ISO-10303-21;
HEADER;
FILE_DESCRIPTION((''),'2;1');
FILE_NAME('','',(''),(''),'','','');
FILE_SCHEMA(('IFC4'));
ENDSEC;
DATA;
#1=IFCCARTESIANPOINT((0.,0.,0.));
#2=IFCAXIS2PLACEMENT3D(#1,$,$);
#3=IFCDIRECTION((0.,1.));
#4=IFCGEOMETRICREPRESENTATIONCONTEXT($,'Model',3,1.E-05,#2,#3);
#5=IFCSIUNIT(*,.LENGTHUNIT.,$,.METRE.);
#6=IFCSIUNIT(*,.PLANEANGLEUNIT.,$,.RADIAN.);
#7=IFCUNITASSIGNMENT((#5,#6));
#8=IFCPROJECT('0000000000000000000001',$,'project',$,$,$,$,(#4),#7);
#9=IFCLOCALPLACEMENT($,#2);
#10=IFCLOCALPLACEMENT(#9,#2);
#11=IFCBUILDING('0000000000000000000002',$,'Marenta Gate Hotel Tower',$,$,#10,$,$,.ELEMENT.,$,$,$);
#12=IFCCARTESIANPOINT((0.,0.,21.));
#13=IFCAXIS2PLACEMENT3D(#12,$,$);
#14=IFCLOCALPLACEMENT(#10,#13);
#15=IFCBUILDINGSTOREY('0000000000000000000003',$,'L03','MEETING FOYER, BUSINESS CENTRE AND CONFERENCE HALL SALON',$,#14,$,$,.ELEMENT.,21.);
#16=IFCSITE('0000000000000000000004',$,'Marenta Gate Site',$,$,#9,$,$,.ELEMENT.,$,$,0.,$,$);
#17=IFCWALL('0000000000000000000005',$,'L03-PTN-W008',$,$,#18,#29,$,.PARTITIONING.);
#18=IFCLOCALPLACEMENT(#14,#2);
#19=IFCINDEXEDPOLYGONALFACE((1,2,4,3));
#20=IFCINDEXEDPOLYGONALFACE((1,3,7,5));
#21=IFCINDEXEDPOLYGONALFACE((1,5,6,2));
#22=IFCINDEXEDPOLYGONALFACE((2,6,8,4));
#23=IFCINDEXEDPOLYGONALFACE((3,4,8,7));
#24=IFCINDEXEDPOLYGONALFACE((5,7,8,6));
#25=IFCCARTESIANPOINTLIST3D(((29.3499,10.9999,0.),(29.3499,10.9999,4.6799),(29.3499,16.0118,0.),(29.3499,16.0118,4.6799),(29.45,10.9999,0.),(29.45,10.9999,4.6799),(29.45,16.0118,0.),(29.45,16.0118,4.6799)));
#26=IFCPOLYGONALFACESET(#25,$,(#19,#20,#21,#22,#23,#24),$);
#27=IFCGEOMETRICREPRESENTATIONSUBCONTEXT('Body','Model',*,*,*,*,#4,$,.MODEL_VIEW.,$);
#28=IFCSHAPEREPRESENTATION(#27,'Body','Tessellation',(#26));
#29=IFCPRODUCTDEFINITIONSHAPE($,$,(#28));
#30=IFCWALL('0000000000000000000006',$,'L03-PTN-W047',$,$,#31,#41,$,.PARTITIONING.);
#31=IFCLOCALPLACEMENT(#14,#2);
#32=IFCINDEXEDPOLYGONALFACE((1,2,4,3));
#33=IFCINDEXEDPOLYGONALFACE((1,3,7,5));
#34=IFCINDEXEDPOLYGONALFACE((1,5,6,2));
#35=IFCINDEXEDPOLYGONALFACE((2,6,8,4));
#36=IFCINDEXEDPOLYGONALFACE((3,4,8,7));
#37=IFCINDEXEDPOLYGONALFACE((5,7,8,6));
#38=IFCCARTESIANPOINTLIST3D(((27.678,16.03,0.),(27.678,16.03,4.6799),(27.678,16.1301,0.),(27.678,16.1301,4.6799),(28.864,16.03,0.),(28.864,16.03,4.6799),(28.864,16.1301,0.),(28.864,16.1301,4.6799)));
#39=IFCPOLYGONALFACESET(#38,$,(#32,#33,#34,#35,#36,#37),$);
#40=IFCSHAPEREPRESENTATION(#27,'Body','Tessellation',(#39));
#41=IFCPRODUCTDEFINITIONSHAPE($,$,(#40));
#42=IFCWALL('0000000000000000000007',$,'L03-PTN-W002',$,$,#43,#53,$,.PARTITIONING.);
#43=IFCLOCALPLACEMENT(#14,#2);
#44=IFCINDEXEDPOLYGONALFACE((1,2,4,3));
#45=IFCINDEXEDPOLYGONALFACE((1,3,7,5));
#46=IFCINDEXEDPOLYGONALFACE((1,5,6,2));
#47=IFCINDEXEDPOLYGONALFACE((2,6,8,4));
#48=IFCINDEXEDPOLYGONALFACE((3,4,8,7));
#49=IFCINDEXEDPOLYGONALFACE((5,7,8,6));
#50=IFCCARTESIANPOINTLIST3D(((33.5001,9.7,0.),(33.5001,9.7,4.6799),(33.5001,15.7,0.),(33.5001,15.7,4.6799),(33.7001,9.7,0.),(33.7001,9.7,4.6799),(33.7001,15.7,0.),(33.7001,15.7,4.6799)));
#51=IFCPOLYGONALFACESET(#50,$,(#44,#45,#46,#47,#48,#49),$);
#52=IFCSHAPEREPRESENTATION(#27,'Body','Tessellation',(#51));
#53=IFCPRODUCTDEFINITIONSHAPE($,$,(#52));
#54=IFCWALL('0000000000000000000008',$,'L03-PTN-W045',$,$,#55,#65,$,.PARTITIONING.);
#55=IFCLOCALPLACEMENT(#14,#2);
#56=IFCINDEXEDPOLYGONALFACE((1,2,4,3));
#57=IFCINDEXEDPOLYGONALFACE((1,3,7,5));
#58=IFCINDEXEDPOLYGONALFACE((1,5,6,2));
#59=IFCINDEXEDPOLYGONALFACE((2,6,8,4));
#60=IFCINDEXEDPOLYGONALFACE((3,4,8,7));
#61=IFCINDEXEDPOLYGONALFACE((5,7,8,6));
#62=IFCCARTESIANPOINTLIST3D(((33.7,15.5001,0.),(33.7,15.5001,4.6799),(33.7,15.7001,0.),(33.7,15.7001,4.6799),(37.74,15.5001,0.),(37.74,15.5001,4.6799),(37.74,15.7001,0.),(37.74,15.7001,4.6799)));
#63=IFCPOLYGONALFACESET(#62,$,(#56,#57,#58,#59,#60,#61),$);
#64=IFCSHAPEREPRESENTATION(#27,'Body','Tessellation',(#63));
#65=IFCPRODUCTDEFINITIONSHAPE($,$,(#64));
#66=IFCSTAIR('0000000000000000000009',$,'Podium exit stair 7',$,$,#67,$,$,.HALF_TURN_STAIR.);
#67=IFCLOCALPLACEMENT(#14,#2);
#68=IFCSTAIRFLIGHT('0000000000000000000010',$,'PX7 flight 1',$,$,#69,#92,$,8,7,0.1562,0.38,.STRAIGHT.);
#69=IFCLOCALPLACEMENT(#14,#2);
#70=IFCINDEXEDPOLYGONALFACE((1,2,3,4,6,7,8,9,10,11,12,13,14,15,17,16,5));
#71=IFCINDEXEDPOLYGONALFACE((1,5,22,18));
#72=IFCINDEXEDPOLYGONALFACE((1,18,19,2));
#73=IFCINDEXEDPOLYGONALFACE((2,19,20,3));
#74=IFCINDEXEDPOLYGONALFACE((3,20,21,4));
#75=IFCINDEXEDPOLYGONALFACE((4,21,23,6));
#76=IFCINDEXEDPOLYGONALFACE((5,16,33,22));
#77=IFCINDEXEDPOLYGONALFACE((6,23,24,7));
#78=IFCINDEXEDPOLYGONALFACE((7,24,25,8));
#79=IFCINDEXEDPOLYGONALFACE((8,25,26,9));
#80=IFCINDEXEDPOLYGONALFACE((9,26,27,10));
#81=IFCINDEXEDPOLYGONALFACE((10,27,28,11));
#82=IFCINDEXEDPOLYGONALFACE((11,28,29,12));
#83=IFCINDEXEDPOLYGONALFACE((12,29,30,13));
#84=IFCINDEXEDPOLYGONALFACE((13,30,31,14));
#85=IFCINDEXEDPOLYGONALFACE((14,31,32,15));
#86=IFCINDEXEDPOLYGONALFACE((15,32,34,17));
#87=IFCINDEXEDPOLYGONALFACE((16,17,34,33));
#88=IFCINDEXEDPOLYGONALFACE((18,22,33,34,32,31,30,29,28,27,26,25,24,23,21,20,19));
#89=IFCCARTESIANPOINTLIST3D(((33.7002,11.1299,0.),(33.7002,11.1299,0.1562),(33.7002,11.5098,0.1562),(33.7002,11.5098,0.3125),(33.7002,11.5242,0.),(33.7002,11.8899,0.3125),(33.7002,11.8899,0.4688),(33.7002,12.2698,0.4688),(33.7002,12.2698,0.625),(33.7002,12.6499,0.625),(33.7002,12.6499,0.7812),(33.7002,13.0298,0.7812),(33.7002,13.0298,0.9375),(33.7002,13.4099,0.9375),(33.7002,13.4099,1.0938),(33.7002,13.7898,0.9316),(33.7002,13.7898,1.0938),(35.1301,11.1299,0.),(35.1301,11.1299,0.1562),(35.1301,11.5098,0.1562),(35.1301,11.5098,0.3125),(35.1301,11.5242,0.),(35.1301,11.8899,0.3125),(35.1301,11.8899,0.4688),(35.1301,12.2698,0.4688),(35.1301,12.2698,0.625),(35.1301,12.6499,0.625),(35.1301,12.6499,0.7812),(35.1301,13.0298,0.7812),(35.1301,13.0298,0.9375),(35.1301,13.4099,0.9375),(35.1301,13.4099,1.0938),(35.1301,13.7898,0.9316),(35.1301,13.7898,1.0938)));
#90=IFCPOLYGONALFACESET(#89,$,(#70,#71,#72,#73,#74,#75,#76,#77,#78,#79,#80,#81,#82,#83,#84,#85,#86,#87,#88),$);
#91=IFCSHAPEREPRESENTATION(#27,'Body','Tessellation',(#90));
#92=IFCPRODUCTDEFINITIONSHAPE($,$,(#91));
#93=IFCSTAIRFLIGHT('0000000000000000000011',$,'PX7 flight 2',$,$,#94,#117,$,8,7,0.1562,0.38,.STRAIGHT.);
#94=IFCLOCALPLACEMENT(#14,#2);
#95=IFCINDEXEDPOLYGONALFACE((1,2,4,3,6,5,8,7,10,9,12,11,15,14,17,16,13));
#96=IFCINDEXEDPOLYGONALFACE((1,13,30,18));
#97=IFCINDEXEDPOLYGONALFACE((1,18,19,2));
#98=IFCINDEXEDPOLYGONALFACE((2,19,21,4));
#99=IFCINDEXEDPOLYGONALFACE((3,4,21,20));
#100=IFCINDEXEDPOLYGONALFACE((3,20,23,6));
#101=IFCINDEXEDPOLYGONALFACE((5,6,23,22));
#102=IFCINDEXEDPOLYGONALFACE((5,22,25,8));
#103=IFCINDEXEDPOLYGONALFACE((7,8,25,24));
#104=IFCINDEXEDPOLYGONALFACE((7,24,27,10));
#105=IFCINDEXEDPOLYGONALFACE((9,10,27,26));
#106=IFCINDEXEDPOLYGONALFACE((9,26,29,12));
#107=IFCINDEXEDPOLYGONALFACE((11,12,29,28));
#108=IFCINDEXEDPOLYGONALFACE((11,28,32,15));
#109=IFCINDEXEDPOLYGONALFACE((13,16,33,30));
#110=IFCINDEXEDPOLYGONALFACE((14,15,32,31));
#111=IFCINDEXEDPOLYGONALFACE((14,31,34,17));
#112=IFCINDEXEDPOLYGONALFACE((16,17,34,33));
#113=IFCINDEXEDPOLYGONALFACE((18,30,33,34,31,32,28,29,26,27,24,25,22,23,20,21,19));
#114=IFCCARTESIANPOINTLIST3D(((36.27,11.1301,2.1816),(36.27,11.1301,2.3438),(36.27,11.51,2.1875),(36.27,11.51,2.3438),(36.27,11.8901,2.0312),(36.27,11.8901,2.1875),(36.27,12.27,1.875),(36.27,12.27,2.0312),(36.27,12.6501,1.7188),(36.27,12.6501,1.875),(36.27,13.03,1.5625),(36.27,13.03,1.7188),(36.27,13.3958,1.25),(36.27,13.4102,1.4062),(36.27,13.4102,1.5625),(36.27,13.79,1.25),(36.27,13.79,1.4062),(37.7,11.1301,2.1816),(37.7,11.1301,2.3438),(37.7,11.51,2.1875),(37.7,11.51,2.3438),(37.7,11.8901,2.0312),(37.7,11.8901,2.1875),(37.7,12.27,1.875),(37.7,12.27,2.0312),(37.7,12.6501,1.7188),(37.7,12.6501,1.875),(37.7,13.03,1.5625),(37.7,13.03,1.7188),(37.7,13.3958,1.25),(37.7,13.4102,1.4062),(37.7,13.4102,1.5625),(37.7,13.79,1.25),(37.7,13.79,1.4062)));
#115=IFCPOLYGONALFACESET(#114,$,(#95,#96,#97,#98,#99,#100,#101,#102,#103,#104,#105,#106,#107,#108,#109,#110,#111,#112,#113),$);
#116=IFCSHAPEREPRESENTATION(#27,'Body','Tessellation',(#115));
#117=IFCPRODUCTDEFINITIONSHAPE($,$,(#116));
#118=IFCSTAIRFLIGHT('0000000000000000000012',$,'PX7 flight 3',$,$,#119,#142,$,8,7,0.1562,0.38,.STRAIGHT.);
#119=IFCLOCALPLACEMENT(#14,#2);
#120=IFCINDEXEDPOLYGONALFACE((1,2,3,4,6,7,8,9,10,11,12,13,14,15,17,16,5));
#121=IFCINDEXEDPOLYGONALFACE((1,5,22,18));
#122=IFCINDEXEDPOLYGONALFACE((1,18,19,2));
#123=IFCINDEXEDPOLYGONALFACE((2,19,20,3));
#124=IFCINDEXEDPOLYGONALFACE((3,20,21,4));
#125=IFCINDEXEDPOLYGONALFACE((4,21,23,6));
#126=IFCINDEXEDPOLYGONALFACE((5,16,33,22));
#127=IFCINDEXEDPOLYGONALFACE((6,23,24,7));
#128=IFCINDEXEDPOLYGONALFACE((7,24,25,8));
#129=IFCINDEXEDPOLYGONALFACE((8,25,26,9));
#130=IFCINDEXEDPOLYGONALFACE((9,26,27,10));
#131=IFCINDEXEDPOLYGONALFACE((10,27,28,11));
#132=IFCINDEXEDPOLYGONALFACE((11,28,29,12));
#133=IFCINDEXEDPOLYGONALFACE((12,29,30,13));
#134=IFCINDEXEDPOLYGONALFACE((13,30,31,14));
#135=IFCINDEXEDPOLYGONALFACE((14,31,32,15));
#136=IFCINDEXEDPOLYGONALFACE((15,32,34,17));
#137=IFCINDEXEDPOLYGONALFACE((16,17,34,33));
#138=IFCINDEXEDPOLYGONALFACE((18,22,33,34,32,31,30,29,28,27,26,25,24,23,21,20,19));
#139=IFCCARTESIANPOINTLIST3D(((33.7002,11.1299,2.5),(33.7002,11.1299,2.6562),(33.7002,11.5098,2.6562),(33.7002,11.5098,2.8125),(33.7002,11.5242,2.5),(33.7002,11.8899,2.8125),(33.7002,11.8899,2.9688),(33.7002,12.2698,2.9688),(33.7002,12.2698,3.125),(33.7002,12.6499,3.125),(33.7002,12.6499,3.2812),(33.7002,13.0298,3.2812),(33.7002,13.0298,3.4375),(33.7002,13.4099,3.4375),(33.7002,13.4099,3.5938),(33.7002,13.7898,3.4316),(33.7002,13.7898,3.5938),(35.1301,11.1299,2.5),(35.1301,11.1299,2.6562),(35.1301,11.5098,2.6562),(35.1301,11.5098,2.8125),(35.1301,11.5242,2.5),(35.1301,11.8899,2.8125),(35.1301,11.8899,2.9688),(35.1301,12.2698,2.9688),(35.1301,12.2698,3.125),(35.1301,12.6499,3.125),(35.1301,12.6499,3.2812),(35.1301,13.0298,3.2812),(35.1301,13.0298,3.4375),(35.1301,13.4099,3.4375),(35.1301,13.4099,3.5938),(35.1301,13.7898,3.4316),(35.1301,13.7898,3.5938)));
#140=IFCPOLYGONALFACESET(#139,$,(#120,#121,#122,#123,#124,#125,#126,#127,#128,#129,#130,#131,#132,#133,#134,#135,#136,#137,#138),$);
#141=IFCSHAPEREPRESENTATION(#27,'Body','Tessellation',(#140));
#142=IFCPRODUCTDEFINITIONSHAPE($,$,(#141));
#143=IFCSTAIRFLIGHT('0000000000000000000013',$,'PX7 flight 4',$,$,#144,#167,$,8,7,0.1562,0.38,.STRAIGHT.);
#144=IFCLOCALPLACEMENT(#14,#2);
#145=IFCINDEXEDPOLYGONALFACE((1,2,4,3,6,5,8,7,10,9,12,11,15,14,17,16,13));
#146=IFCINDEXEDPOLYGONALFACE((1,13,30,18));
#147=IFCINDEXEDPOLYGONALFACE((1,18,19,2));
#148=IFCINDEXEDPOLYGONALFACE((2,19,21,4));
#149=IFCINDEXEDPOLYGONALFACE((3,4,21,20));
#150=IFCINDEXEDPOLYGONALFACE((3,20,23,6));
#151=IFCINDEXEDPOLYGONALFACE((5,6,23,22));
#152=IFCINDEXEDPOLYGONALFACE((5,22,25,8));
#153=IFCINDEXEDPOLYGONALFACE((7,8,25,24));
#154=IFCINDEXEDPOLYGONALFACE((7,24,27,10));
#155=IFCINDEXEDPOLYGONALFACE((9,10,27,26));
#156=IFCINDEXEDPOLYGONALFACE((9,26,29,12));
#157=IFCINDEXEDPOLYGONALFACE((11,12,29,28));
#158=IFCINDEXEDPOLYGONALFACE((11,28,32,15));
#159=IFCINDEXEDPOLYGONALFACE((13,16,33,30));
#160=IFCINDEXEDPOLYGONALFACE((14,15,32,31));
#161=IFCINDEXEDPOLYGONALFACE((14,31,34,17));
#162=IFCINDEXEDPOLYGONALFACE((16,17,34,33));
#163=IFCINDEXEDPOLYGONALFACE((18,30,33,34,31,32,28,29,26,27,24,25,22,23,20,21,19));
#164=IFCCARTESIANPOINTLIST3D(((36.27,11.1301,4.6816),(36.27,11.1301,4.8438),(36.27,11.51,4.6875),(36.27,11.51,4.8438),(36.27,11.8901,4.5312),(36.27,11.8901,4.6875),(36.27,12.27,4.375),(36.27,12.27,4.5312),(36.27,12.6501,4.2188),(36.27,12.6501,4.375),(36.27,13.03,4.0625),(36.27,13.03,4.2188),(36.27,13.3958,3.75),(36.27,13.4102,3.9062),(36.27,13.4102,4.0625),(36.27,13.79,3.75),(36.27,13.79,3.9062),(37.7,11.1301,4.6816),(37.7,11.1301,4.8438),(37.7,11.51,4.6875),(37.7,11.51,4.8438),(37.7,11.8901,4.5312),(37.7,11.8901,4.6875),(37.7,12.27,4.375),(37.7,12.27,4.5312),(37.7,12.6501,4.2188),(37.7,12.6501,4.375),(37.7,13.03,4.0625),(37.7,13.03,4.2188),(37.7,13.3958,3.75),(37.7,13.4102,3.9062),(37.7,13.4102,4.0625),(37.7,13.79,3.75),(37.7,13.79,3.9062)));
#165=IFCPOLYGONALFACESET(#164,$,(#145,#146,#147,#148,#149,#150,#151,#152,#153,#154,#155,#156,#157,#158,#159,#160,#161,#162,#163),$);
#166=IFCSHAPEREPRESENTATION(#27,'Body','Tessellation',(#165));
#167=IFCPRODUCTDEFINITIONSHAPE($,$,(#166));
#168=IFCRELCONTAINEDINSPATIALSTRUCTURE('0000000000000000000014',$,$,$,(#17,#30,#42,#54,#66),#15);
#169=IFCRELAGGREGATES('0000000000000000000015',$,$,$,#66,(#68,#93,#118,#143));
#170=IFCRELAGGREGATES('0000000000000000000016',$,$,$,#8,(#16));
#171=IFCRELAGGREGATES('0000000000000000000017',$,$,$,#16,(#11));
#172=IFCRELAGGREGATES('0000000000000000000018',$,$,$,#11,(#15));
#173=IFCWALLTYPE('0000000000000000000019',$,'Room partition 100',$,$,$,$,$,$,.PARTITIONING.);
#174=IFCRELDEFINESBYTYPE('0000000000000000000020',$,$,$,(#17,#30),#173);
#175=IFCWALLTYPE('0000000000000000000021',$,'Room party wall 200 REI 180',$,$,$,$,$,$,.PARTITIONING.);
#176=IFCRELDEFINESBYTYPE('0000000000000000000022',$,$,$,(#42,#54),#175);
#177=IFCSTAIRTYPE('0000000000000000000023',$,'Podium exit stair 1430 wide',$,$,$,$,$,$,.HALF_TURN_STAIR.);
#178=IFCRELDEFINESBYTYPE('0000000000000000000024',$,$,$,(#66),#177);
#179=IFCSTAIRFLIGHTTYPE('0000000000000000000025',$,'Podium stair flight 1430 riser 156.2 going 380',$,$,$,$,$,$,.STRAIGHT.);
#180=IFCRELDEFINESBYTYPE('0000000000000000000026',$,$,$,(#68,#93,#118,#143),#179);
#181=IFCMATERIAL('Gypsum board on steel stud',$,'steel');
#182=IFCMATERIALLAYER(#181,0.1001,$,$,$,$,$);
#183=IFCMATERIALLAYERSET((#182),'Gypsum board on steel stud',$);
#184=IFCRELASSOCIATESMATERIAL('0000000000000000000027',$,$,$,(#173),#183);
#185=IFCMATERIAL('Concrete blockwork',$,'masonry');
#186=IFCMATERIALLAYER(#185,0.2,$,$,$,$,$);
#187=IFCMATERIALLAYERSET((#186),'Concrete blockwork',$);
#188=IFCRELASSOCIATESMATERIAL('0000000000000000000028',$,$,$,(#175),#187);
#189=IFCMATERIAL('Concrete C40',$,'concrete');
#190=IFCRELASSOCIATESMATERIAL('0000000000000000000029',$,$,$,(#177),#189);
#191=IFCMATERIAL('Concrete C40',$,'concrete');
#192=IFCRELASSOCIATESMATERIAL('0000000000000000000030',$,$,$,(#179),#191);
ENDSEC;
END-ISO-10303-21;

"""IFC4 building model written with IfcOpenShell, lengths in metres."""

from ifc_helpers import new_model, si_unit, direction, frame, frame_2d, origin, place, context, subcontext, project, spatial, polyline, rectangle, outline, extrude, material, layer, layer_set, type_object, element, aggregate, save


model = new_model("IFC4")

# Units and contexts
model_context = context("Model", 3, precision=1e-05, world=origin(), true_north=direction((0.0, 1.0)))
body_context = subcontext(model_context, "Body", "Model", "MODEL_VIEW")
ifc_project = project(units=[si_unit("LENGTHUNIT", "METRE"), si_unit("PLANEANGLEUNIT", "RADIAN")], contexts=[model_context])

# Site, building, storey
site_placement = place(None, origin())
site = spatial("IfcSite", under=ifc_project, at=site_placement, Name="Marenta Gate Site", CompositionType="ELEMENT", RefElevation=0.0)
building_placement = place(site_placement, origin())
building = spatial("IfcBuilding", under=site, at=building_placement, Name="Marenta Gate Hotel Tower", CompositionType="ELEMENT")
storey_placement = place(building_placement, frame((0.0, 0.0, 21.0)))
storey = spatial("IfcBuildingStorey", under=building, at=storey_placement, Name="L03", Description="MEETING FOYER, BUSINESS CENTRE AND CONFERENCE HALL SALON", CompositionType="ELEMENT", Elevation=21.0)

# Walls
ifc_material_1 = material(Name="Gypsum board on steel stud", Category="steel")
ifc_layer_1 = layer(ifc_material_1, 0.1001)
ifc_layer_set_1 = layer_set([ifc_layer_1], Name="Gypsum board on steel stud")
wall_type_1 = type_object("IfcWallType", Name="Room partition 100", PredefinedType="PARTITIONING", material=ifc_layer_set_1)
wall_1_placement = place(storey_placement, frame((29.3999, 11.0, 0.0), z_axis=(0.0, 0.0, 1.0), x_axis=(0.0, 1.0, 0.0)))
element("IfcWall", 1, at=wall_1_placement, inside=storey, type_object=wall_type_1, Name="L03-PTN-W008", PredefinedType="PARTITIONING", context=body_context, shape_type="SweptSolid", body=[
    extrude(rectangle(XDim=5.012, YDim=0.1001, at=frame_2d((2.5059, 0.0))), origin(), (0.0, 0.0, 1.0), 4.6799),
])
wall_2_placement = place(storey_placement, frame((27.678, 16.0801, 0.0), z_axis=(0.0, 0.0, 1.0), x_axis=(1.0, 0.0, 0.0)))
element("IfcWall", 2, at=wall_2_placement, inside=storey, type_object=wall_type_1, Name="L03-PTN-W047", PredefinedType="PARTITIONING", context=body_context, shape_type="SweptSolid", body=[
    extrude(rectangle(XDim=1.186, YDim=0.1001, at=frame_2d((0.593, 0.0))), origin(), (0.0, 0.0, 1.0), 4.6799),
])
ifc_material_2 = material(Name="Concrete blockwork", Category="masonry")
ifc_layer_2 = layer(ifc_material_2, 0.2)
ifc_layer_set_2 = layer_set([ifc_layer_2], Name="Concrete blockwork")
wall_type_2 = type_object("IfcWallType", Name="Room party wall 200 REI 180", PredefinedType="PARTITIONING", material=ifc_layer_set_2)
wall_3_placement = place(storey_placement, frame((33.6001, 9.7, 0.0), z_axis=(0.0, 0.0, 1.0), x_axis=(0.0, 1.0, 0.0)))
element("IfcWall", 3, at=wall_3_placement, inside=storey, type_object=wall_type_2, Name="L03-PTN-W002", PredefinedType="PARTITIONING", context=body_context, shape_type="SweptSolid", body=[
    extrude(rectangle(XDim=6.0, YDim=0.2, at=frame_2d((3.0, 0.0))), origin(), (0.0, 0.0, 1.0), 4.6799),
])
wall_4_placement = place(storey_placement, frame((33.7, 15.6001, 0.0), z_axis=(0.0, 0.0, 1.0), x_axis=(1.0, 0.0, 0.0)))
element("IfcWall", 4, at=wall_4_placement, inside=storey, type_object=wall_type_2, Name="L03-PTN-W045", PredefinedType="PARTITIONING", context=body_context, shape_type="SweptSolid", body=[
    extrude(rectangle(XDim=4.04, YDim=0.2, at=frame_2d((2.02, 0.0))), origin(), (0.0, 0.0, 1.0), 4.6799),
])

# Stair, stair flights
ifc_material_3 = material(Name="Concrete C40", Category="concrete")
stair_type = type_object("IfcStairType", Name="Podium exit stair 1430 wide", PredefinedType="HALF_TURN_STAIR", material=ifc_material_3)
stair_placement = place(storey_placement, origin())
stair = element("IfcStair", 5, at=stair_placement, inside=storey, type_object=stair_type, Name="Podium exit stair 7", PredefinedType="HALF_TURN_STAIR")
ifc_material_4 = material(Name="Concrete C40", Category="concrete")
stair_flight_type = type_object("IfcStairFlightType", Name="Podium stair flight 1430 riser 156.2 going 380", PredefinedType="STRAIGHT", material=ifc_material_4)
stair_flight_1_placement = place(storey_placement, frame((34.415, 11.1299, 0.0), z_axis=(0.0, 0.0, 1.0), x_axis=(0.0, 1.0, 0.0)))
stair_flight_1 = element("IfcStairFlight", 6, at=stair_flight_1_placement, type_object=stair_flight_type, Name="PX7 flight 1", NumberOfRisers=8, NumberOfTreads=7, PredefinedType="STRAIGHT", RiserHeight=0.1562, TreadLength=0.38, context=body_context, shape_type="SweptSolid", body=[
    extrude(outline(polyline([(0.0, 0.0), (0.0, 0.1562), (0.3799, 0.1562), (0.3799, 0.3125), (0.76, 0.3125), (0.76, 0.4688), (1.1399, 0.4688), (1.1399, 0.625), (1.52, 0.625), (1.52, 0.7812), (1.8999, 0.7812), (1.8999, 0.9375), (2.28, 0.9375), (2.28, 1.0938), (2.6599, 1.0938), (2.6599, 1.25), (2.6599, 0.9316), (0.3943, 0.0), (0.0, 0.0)])), frame((0.0, 0.7148, 0.0), z_axis=(0.0, -1.0, 0.0), x_axis=(1.0, 0.0, 0.0)), (0.0, 0.0, 1.0), 1.4299),
])
stair_flight_2_placement = place(storey_placement, frame((36.9851, 13.79, 1.25), z_axis=(0.0, 0.0, 1.0), x_axis=(0.0, -1.0, 0.0)))
stair_flight_2 = element("IfcStairFlight", 7, at=stair_flight_2_placement, type_object=stair_flight_type, Name="PX7 flight 2", NumberOfRisers=8, NumberOfTreads=7, PredefinedType="STRAIGHT", RiserHeight=0.1562, TreadLength=0.38, context=body_context, shape_type="SweptSolid", body=[
    extrude(outline(polyline([(0.0, 0.0), (0.0, 0.1562), (0.3799, 0.1562), (0.3799, 0.3125), (0.76, 0.3125), (0.76, 0.4688), (1.1399, 0.4688), (1.1399, 0.625), (1.52, 0.625), (1.52, 0.7812), (1.8999, 0.7812), (1.8999, 0.9375), (2.28, 0.9375), (2.28, 1.0938), (2.6599, 1.0938), (2.6599, 1.25), (2.6599, 0.9316), (0.3943, 0.0), (0.0, 0.0)])), frame((0.0, 0.7148, 0.0), z_axis=(0.0, -1.0, 0.0), x_axis=(1.0, 0.0, 0.0)), (0.0, 0.0, 1.0), 1.4299),
])
stair_flight_3_placement = place(storey_placement, frame((34.415, 11.1299, 2.5), z_axis=(0.0, 0.0, 1.0), x_axis=(0.0, 1.0, 0.0)))
stair_flight_3 = element("IfcStairFlight", 8, at=stair_flight_3_placement, type_object=stair_flight_type, Name="PX7 flight 3", NumberOfRisers=8, NumberOfTreads=7, PredefinedType="STRAIGHT", RiserHeight=0.1562, TreadLength=0.38, context=body_context, shape_type="SweptSolid", body=[
    extrude(outline(polyline([(0.0, 0.0), (0.0, 0.1562), (0.3799, 0.1562), (0.3799, 0.3125), (0.76, 0.3125), (0.76, 0.4688), (1.1399, 0.4688), (1.1399, 0.625), (1.52, 0.625), (1.52, 0.7812), (1.8999, 0.7812), (1.8999, 0.9375), (2.28, 0.9375), (2.28, 1.0938), (2.6599, 1.0938), (2.6599, 1.25), (2.6599, 0.9316), (0.3943, 0.0), (0.0, 0.0)])), frame((0.0, 0.7148, 0.0), z_axis=(0.0, -1.0, 0.0), x_axis=(1.0, 0.0, 0.0)), (0.0, 0.0, 1.0), 1.4299),
])
stair_flight_4_placement = place(storey_placement, frame((36.9851, 13.79, 3.75), z_axis=(0.0, 0.0, 1.0), x_axis=(0.0, -1.0, 0.0)))
stair_flight_4 = element("IfcStairFlight", 9, at=stair_flight_4_placement, type_object=stair_flight_type, Name="PX7 flight 4", NumberOfRisers=8, NumberOfTreads=7, PredefinedType="STRAIGHT", RiserHeight=0.1562, TreadLength=0.38, context=body_context, shape_type="SweptSolid", body=[
    extrude(outline(polyline([(0.0, 0.0), (0.0, 0.1562), (0.3799, 0.1562), (0.3799, 0.3125), (0.76, 0.3125), (0.76, 0.4688), (1.1399, 0.4688), (1.1399, 0.625), (1.52, 0.625), (1.52, 0.7812), (1.8999, 0.7812), (1.8999, 0.9375), (2.28, 0.9375), (2.28, 1.0938), (2.6599, 1.0938), (2.6599, 1.25), (2.6599, 0.9316), (0.3943, 0.0), (0.0, 0.0)])), frame((0.0, 0.7148, 0.0), z_axis=(0.0, -1.0, 0.0), x_axis=(1.0, 0.0, 0.0)), (0.0, 0.0, 1.0), 1.4299),
])
aggregate(stair, [stair_flight_1, stair_flight_2, stair_flight_3, stair_flight_4])

save(model, "model.ifc")
